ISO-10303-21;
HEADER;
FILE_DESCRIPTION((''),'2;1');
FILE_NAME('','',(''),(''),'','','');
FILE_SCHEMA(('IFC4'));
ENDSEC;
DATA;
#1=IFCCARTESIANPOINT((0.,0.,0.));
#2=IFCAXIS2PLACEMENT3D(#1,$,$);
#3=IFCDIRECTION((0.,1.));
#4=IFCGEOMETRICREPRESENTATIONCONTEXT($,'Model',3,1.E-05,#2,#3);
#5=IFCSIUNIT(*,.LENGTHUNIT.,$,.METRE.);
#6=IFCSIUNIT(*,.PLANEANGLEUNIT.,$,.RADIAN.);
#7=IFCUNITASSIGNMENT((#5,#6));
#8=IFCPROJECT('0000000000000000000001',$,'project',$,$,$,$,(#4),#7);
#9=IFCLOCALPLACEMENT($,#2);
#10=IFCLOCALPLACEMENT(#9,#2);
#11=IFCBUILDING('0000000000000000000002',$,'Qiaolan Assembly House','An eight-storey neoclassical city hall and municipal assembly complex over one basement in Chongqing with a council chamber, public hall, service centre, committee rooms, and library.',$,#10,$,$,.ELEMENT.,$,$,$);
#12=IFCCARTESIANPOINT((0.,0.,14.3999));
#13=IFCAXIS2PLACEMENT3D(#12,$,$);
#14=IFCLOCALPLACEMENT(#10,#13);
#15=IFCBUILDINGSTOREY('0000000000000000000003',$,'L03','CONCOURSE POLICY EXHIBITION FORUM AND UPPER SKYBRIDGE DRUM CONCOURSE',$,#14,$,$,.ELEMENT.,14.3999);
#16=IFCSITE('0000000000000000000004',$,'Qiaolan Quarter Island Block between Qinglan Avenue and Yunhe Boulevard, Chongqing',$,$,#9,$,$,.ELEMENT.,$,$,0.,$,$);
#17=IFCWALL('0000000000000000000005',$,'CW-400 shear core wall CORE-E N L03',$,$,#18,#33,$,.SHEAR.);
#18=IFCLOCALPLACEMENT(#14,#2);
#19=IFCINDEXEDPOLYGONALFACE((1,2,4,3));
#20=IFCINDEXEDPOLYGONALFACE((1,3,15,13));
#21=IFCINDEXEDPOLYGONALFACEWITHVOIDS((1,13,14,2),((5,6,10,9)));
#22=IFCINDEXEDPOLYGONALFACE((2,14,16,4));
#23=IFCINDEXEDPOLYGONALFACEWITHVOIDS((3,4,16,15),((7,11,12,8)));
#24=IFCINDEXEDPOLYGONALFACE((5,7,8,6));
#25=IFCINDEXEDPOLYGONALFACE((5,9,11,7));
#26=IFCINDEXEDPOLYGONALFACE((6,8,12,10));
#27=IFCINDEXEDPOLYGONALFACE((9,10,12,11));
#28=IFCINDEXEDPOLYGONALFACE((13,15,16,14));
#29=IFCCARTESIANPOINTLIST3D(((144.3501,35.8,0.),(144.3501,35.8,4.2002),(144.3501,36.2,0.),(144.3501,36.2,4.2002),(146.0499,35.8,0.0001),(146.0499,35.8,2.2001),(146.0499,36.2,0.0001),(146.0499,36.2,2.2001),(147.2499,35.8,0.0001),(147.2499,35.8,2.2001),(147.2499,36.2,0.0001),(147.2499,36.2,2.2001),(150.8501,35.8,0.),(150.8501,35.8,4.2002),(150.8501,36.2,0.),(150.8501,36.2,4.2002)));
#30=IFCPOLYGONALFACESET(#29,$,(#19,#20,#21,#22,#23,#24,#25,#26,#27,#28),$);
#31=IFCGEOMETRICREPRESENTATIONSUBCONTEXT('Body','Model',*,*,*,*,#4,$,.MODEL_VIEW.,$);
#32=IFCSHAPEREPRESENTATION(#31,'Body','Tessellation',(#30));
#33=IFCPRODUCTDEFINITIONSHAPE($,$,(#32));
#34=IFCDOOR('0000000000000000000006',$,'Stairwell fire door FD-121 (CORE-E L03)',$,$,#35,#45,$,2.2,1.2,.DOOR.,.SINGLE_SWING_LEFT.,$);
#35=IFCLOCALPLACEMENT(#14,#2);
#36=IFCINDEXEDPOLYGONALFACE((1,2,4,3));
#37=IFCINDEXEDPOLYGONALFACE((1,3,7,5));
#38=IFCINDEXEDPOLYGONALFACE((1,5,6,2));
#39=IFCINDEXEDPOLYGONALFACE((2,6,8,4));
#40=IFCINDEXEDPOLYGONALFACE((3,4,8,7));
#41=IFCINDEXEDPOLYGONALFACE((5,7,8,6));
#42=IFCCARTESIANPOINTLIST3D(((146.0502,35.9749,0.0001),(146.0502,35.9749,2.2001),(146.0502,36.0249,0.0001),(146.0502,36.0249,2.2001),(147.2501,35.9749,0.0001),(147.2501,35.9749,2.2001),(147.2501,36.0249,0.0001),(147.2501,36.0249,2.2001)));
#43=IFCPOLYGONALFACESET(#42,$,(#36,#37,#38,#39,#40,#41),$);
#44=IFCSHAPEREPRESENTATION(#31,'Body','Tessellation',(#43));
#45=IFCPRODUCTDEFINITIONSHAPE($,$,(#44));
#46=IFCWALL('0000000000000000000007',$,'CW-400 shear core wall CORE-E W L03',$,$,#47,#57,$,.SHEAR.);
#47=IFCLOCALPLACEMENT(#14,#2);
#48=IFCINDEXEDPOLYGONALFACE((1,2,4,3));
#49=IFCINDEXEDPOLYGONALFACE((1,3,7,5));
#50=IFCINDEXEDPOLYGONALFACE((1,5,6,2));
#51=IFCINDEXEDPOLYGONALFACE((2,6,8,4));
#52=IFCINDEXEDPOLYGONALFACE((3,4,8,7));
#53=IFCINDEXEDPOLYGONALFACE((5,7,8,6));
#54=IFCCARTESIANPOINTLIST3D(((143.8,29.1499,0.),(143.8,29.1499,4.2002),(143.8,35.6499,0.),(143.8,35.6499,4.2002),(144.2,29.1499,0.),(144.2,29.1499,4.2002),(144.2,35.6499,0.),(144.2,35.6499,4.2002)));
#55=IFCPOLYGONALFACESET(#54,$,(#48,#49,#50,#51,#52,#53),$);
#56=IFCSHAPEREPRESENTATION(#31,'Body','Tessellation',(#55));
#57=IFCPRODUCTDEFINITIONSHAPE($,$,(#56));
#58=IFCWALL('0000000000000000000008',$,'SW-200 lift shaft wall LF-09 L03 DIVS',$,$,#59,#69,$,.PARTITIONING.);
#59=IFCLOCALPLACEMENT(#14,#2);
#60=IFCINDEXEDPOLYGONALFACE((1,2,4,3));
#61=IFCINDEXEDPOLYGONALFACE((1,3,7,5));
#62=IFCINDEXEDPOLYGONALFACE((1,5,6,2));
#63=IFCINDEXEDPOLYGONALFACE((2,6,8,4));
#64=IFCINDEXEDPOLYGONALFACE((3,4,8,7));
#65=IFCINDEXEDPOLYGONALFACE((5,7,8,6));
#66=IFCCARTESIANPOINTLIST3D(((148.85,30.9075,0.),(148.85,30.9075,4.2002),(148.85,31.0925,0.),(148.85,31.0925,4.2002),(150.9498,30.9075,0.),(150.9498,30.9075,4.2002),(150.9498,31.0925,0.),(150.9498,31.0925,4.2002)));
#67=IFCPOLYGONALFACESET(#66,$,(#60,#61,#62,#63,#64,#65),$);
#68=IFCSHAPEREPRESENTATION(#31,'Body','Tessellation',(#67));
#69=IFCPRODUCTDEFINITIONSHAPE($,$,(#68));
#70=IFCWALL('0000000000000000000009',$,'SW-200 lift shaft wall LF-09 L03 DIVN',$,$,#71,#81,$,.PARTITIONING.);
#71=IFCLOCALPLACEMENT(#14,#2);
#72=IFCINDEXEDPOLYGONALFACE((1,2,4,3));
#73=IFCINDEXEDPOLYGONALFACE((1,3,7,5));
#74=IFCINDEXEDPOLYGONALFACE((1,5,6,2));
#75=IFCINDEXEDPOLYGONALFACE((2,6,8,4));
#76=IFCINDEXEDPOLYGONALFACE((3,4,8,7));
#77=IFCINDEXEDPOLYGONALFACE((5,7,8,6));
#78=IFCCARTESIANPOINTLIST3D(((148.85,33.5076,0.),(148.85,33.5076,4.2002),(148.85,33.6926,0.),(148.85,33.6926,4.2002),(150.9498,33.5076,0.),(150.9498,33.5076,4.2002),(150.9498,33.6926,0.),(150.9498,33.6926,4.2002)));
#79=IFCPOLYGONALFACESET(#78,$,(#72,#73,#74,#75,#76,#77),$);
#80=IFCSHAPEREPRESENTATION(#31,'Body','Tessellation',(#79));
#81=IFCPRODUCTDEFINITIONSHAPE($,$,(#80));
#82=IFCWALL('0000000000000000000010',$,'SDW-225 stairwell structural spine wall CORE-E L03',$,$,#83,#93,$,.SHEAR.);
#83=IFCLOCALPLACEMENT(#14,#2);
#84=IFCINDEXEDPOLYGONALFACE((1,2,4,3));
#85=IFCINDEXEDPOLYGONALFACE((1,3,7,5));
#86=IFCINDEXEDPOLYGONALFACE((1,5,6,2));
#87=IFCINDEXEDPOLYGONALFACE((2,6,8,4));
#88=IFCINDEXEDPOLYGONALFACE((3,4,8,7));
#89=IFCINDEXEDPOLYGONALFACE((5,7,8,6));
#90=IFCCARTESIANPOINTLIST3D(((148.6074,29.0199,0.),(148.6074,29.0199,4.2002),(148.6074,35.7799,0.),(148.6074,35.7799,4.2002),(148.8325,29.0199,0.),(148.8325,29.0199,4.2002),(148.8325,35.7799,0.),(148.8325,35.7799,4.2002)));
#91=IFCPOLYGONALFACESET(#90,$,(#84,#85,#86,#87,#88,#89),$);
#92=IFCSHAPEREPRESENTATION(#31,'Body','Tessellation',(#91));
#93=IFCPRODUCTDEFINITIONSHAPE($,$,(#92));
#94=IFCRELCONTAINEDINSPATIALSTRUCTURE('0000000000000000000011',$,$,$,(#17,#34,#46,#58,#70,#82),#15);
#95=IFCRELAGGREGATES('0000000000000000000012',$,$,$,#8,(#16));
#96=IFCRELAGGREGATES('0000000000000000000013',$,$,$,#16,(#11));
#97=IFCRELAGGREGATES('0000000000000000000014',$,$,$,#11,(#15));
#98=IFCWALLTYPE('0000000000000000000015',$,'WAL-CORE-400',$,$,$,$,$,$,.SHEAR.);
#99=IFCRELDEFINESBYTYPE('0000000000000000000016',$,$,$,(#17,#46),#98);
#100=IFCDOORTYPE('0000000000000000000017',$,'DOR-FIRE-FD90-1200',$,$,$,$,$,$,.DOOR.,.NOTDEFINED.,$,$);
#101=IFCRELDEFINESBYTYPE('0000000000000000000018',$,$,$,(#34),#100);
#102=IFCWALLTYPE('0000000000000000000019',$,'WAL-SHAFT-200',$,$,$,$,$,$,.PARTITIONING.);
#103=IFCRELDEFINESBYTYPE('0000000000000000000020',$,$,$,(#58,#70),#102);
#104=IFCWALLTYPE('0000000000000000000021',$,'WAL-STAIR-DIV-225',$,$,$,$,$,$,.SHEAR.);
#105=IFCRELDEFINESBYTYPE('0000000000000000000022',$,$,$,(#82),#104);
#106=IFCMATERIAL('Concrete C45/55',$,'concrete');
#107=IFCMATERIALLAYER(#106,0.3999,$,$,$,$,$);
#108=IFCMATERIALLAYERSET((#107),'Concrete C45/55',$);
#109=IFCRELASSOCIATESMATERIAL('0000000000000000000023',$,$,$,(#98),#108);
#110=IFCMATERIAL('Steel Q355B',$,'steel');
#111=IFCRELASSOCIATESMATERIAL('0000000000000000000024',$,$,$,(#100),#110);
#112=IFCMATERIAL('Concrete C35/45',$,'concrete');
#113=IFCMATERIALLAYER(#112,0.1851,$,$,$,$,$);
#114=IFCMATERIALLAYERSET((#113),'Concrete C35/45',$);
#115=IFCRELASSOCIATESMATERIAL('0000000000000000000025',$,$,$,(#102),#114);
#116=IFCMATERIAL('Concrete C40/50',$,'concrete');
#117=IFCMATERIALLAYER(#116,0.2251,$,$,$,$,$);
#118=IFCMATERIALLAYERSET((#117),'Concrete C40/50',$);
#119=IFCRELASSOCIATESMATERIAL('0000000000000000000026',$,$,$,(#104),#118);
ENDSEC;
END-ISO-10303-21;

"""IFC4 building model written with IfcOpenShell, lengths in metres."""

from ifc_helpers import new_model, si_unit, direction, frame, frame_2d, origin, place, context, subcontext, project, spatial, rectangle, extrude, material, layer, layer_set, type_object, element, fill, save


model = new_model("IFC4")

# Units and contexts
model_context = context("Model", 3, precision=1e-05, world=origin(), true_north=direction((0.0, 1.0)))
body_context = subcontext(model_context, "Body", "Model", "MODEL_VIEW")
ifc_project = project(units=[si_unit("LENGTHUNIT", "METRE"), si_unit("PLANEANGLEUNIT", "RADIAN")], contexts=[model_context])

# Site, building, storey
site_placement = place(None, origin())
site = spatial("IfcSite", under=ifc_project, at=site_placement, Name="Qiaolan Quarter Island Block between Qinglan Avenue and Yunhe Boulevard, Chongqing", CompositionType="ELEMENT", RefElevation=0.0)
building_placement = place(site_placement, origin())
building = spatial("IfcBuilding", under=site, at=building_placement, Name="Qiaolan Assembly House", Description="An eight-storey neoclassical city hall and municipal assembly complex over one basement in Chongqing with a council chamber, public hall, service centre, committee rooms, and library.", CompositionType="ELEMENT")
storey_placement = place(building_placement, frame((0.0, 0.0, 14.3999)))
storey = spatial("IfcBuildingStorey", under=building, at=storey_placement, Name="L03", Description="CONCOURSE POLICY EXHIBITION FORUM AND UPPER SKYBRIDGE DRUM CONCOURSE", CompositionType="ELEMENT", Elevation=14.3999)

# Shared definitions
ifc_material_1 = material(Name="Concrete C40/50", Category="concrete")

# Shared definitions
ifc_material_2 = material(Name="Concrete C45/55", Category="concrete")
ifc_layer_1 = layer(ifc_material_2, 0.3999)
ifc_layer_set_1 = layer_set([ifc_layer_1], Name="Concrete C45/55")
wall_type_1 = type_object("IfcWallType", Name="WAL-CORE-400", PredefinedType="SHEAR", material=ifc_layer_set_1)

# Wall, opening, door
wall_1_placement = place(storey_placement, frame((150.8501, 36.0, 0.0), z_axis=(0.0, 0.0, 1.0), x_axis=(-1.0, 0.0, 0.0)))
wall_1 = element("IfcWall", 1, at=wall_1_placement, inside=storey, type_object=wall_type_1, Name="CW-400 shear core wall CORE-E N L03", PredefinedType="SHEAR", context=body_context, shape_type="SweptSolid", body=[
    extrude(rectangle(XDim=6.5, YDim=0.3999, at=frame_2d((3.25, 0.0))), origin(), (0.0, 0.0, 1.0), 4.2002),
])
opening_1_placement = place(wall_1_placement, frame((3.6001, 0.0, 0.0)))
opening_1 = element("IfcOpeningElement", 2, at=opening_1_placement, cuts=wall_1, PredefinedType="OPENING", context=body_context, shape_type="SweptSolid", body=[
    extrude(rectangle(XDim=1.2, YDim=2.2, at=frame_2d((0.6001, 1.1001))), frame((0.0, 0.21, 0.0), z_axis=(0.0, -1.0, 0.0), x_axis=(1.0, 0.0, 0.0)), (0.0, 0.0, 1.0), 0.4199),
])
ifc_material_3 = material(Name="Steel Q355B", Category="steel")
door_type_1 = type_object("IfcDoorType", Name="DOR-FIRE-FD90-1200", OperationType="NOTDEFINED", PredefinedType="DOOR", material=ifc_material_3)
door_1_placement = place(opening_1_placement, frame((1.2, 0.0, 0.0), z_axis=(0.0, 0.0, 1.0), x_axis=(-1.0, 0.0, 0.0)))
door_1 = element("IfcDoor", 3, at=door_1_placement, inside=storey, type_object=door_type_1, Name="Stairwell fire door FD-121 (CORE-E L03)", OperationType="SINGLE_SWING_LEFT", OverallHeight=2.2, OverallWidth=1.2, PredefinedType="DOOR", context=body_context, shape_type="SweptSolid", body=[
    extrude(rectangle(XDim=1.2, YDim=2.2, at=frame_2d((0.6001, 1.1001))), frame((0.0, 0.0249, 0.0), z_axis=(0.0, -1.0, 0.0), x_axis=(1.0, 0.0, 0.0)), (0.0, 0.0, 1.0), 0.05),
])
fill(opening_1, door_1)

# Walls
wall_2_placement = place(storey_placement, frame((144.0, 35.6499, 0.0), z_axis=(0.0, 0.0, 1.0), x_axis=(0.0, -1.0, 0.0)))
element("IfcWall", 4, at=wall_2_placement, inside=storey, type_object=wall_type_1, Name="CW-400 shear core wall CORE-E W L03", PredefinedType="SHEAR", context=body_context, shape_type="SweptSolid", body=[
    extrude(rectangle(XDim=6.5, YDim=0.3999, at=frame_2d((3.25, 0.0))), origin(), (0.0, 0.0, 1.0), 4.2002),
])
ifc_material_4 = material(Name="Concrete C35/45", Category="concrete")
ifc_layer_2 = layer(ifc_material_4, 0.1851)
ifc_layer_set_2 = layer_set([ifc_layer_2], Name="Concrete C35/45")
wall_type_2 = type_object("IfcWallType", Name="WAL-SHAFT-200", PredefinedType="PARTITIONING", material=ifc_layer_set_2)
for number, where, z_axis, x_axis, name in (
    (5, (148.8501, 31.0, 0.0), (0.0, 0.0, 1.0), (1.0, 0.0, 0.0), "SW-200 lift shaft wall LF-09 L03 DIVS"),
    (6, (148.8501, 33.6001, 0.0), (0.0, 0.0, 1.0), (1.0, 0.0, 0.0), "SW-200 lift shaft wall LF-09 L03 DIVN"),
):
    element("IfcWall", number, at=place(storey_placement, frame(where, z_axis=z_axis, x_axis=x_axis)), inside=storey, type_object=wall_type_2, Name=name, PredefinedType="PARTITIONING", context=body_context, shape_type="SweptSolid", body=[
        extrude(rectangle(XDim=2.0999, YDim=0.1851, at=frame_2d((1.0498, 0.0))), origin(), (0.0, 0.0, 1.0), 4.2002),
    ])
ifc_layer_3 = layer(ifc_material_1, 0.2251)
ifc_layer_set_3 = layer_set([ifc_layer_3], Name="Concrete C40/50")
wall_type_3 = type_object("IfcWallType", Name="WAL-STAIR-DIV-225", PredefinedType="SHEAR", material=ifc_layer_set_3)
wall_3_placement = place(storey_placement, frame((148.72, 29.02, 0.0), z_axis=(0.0, 0.0, 1.0), x_axis=(0.0, 1.0, 0.0)))
element("IfcWall", 7, at=wall_3_placement, inside=storey, type_object=wall_type_3, Name="SDW-225 stairwell structural spine wall CORE-E L03", PredefinedType="SHEAR", context=body_context, shape_type="SweptSolid", body=[
    extrude(rectangle(XDim=6.76, YDim=0.2251, at=frame_2d((3.3799, 0.0))), origin(), (0.0, 0.0, 1.0), 4.2002),
])

save(model, "model.ifc")
